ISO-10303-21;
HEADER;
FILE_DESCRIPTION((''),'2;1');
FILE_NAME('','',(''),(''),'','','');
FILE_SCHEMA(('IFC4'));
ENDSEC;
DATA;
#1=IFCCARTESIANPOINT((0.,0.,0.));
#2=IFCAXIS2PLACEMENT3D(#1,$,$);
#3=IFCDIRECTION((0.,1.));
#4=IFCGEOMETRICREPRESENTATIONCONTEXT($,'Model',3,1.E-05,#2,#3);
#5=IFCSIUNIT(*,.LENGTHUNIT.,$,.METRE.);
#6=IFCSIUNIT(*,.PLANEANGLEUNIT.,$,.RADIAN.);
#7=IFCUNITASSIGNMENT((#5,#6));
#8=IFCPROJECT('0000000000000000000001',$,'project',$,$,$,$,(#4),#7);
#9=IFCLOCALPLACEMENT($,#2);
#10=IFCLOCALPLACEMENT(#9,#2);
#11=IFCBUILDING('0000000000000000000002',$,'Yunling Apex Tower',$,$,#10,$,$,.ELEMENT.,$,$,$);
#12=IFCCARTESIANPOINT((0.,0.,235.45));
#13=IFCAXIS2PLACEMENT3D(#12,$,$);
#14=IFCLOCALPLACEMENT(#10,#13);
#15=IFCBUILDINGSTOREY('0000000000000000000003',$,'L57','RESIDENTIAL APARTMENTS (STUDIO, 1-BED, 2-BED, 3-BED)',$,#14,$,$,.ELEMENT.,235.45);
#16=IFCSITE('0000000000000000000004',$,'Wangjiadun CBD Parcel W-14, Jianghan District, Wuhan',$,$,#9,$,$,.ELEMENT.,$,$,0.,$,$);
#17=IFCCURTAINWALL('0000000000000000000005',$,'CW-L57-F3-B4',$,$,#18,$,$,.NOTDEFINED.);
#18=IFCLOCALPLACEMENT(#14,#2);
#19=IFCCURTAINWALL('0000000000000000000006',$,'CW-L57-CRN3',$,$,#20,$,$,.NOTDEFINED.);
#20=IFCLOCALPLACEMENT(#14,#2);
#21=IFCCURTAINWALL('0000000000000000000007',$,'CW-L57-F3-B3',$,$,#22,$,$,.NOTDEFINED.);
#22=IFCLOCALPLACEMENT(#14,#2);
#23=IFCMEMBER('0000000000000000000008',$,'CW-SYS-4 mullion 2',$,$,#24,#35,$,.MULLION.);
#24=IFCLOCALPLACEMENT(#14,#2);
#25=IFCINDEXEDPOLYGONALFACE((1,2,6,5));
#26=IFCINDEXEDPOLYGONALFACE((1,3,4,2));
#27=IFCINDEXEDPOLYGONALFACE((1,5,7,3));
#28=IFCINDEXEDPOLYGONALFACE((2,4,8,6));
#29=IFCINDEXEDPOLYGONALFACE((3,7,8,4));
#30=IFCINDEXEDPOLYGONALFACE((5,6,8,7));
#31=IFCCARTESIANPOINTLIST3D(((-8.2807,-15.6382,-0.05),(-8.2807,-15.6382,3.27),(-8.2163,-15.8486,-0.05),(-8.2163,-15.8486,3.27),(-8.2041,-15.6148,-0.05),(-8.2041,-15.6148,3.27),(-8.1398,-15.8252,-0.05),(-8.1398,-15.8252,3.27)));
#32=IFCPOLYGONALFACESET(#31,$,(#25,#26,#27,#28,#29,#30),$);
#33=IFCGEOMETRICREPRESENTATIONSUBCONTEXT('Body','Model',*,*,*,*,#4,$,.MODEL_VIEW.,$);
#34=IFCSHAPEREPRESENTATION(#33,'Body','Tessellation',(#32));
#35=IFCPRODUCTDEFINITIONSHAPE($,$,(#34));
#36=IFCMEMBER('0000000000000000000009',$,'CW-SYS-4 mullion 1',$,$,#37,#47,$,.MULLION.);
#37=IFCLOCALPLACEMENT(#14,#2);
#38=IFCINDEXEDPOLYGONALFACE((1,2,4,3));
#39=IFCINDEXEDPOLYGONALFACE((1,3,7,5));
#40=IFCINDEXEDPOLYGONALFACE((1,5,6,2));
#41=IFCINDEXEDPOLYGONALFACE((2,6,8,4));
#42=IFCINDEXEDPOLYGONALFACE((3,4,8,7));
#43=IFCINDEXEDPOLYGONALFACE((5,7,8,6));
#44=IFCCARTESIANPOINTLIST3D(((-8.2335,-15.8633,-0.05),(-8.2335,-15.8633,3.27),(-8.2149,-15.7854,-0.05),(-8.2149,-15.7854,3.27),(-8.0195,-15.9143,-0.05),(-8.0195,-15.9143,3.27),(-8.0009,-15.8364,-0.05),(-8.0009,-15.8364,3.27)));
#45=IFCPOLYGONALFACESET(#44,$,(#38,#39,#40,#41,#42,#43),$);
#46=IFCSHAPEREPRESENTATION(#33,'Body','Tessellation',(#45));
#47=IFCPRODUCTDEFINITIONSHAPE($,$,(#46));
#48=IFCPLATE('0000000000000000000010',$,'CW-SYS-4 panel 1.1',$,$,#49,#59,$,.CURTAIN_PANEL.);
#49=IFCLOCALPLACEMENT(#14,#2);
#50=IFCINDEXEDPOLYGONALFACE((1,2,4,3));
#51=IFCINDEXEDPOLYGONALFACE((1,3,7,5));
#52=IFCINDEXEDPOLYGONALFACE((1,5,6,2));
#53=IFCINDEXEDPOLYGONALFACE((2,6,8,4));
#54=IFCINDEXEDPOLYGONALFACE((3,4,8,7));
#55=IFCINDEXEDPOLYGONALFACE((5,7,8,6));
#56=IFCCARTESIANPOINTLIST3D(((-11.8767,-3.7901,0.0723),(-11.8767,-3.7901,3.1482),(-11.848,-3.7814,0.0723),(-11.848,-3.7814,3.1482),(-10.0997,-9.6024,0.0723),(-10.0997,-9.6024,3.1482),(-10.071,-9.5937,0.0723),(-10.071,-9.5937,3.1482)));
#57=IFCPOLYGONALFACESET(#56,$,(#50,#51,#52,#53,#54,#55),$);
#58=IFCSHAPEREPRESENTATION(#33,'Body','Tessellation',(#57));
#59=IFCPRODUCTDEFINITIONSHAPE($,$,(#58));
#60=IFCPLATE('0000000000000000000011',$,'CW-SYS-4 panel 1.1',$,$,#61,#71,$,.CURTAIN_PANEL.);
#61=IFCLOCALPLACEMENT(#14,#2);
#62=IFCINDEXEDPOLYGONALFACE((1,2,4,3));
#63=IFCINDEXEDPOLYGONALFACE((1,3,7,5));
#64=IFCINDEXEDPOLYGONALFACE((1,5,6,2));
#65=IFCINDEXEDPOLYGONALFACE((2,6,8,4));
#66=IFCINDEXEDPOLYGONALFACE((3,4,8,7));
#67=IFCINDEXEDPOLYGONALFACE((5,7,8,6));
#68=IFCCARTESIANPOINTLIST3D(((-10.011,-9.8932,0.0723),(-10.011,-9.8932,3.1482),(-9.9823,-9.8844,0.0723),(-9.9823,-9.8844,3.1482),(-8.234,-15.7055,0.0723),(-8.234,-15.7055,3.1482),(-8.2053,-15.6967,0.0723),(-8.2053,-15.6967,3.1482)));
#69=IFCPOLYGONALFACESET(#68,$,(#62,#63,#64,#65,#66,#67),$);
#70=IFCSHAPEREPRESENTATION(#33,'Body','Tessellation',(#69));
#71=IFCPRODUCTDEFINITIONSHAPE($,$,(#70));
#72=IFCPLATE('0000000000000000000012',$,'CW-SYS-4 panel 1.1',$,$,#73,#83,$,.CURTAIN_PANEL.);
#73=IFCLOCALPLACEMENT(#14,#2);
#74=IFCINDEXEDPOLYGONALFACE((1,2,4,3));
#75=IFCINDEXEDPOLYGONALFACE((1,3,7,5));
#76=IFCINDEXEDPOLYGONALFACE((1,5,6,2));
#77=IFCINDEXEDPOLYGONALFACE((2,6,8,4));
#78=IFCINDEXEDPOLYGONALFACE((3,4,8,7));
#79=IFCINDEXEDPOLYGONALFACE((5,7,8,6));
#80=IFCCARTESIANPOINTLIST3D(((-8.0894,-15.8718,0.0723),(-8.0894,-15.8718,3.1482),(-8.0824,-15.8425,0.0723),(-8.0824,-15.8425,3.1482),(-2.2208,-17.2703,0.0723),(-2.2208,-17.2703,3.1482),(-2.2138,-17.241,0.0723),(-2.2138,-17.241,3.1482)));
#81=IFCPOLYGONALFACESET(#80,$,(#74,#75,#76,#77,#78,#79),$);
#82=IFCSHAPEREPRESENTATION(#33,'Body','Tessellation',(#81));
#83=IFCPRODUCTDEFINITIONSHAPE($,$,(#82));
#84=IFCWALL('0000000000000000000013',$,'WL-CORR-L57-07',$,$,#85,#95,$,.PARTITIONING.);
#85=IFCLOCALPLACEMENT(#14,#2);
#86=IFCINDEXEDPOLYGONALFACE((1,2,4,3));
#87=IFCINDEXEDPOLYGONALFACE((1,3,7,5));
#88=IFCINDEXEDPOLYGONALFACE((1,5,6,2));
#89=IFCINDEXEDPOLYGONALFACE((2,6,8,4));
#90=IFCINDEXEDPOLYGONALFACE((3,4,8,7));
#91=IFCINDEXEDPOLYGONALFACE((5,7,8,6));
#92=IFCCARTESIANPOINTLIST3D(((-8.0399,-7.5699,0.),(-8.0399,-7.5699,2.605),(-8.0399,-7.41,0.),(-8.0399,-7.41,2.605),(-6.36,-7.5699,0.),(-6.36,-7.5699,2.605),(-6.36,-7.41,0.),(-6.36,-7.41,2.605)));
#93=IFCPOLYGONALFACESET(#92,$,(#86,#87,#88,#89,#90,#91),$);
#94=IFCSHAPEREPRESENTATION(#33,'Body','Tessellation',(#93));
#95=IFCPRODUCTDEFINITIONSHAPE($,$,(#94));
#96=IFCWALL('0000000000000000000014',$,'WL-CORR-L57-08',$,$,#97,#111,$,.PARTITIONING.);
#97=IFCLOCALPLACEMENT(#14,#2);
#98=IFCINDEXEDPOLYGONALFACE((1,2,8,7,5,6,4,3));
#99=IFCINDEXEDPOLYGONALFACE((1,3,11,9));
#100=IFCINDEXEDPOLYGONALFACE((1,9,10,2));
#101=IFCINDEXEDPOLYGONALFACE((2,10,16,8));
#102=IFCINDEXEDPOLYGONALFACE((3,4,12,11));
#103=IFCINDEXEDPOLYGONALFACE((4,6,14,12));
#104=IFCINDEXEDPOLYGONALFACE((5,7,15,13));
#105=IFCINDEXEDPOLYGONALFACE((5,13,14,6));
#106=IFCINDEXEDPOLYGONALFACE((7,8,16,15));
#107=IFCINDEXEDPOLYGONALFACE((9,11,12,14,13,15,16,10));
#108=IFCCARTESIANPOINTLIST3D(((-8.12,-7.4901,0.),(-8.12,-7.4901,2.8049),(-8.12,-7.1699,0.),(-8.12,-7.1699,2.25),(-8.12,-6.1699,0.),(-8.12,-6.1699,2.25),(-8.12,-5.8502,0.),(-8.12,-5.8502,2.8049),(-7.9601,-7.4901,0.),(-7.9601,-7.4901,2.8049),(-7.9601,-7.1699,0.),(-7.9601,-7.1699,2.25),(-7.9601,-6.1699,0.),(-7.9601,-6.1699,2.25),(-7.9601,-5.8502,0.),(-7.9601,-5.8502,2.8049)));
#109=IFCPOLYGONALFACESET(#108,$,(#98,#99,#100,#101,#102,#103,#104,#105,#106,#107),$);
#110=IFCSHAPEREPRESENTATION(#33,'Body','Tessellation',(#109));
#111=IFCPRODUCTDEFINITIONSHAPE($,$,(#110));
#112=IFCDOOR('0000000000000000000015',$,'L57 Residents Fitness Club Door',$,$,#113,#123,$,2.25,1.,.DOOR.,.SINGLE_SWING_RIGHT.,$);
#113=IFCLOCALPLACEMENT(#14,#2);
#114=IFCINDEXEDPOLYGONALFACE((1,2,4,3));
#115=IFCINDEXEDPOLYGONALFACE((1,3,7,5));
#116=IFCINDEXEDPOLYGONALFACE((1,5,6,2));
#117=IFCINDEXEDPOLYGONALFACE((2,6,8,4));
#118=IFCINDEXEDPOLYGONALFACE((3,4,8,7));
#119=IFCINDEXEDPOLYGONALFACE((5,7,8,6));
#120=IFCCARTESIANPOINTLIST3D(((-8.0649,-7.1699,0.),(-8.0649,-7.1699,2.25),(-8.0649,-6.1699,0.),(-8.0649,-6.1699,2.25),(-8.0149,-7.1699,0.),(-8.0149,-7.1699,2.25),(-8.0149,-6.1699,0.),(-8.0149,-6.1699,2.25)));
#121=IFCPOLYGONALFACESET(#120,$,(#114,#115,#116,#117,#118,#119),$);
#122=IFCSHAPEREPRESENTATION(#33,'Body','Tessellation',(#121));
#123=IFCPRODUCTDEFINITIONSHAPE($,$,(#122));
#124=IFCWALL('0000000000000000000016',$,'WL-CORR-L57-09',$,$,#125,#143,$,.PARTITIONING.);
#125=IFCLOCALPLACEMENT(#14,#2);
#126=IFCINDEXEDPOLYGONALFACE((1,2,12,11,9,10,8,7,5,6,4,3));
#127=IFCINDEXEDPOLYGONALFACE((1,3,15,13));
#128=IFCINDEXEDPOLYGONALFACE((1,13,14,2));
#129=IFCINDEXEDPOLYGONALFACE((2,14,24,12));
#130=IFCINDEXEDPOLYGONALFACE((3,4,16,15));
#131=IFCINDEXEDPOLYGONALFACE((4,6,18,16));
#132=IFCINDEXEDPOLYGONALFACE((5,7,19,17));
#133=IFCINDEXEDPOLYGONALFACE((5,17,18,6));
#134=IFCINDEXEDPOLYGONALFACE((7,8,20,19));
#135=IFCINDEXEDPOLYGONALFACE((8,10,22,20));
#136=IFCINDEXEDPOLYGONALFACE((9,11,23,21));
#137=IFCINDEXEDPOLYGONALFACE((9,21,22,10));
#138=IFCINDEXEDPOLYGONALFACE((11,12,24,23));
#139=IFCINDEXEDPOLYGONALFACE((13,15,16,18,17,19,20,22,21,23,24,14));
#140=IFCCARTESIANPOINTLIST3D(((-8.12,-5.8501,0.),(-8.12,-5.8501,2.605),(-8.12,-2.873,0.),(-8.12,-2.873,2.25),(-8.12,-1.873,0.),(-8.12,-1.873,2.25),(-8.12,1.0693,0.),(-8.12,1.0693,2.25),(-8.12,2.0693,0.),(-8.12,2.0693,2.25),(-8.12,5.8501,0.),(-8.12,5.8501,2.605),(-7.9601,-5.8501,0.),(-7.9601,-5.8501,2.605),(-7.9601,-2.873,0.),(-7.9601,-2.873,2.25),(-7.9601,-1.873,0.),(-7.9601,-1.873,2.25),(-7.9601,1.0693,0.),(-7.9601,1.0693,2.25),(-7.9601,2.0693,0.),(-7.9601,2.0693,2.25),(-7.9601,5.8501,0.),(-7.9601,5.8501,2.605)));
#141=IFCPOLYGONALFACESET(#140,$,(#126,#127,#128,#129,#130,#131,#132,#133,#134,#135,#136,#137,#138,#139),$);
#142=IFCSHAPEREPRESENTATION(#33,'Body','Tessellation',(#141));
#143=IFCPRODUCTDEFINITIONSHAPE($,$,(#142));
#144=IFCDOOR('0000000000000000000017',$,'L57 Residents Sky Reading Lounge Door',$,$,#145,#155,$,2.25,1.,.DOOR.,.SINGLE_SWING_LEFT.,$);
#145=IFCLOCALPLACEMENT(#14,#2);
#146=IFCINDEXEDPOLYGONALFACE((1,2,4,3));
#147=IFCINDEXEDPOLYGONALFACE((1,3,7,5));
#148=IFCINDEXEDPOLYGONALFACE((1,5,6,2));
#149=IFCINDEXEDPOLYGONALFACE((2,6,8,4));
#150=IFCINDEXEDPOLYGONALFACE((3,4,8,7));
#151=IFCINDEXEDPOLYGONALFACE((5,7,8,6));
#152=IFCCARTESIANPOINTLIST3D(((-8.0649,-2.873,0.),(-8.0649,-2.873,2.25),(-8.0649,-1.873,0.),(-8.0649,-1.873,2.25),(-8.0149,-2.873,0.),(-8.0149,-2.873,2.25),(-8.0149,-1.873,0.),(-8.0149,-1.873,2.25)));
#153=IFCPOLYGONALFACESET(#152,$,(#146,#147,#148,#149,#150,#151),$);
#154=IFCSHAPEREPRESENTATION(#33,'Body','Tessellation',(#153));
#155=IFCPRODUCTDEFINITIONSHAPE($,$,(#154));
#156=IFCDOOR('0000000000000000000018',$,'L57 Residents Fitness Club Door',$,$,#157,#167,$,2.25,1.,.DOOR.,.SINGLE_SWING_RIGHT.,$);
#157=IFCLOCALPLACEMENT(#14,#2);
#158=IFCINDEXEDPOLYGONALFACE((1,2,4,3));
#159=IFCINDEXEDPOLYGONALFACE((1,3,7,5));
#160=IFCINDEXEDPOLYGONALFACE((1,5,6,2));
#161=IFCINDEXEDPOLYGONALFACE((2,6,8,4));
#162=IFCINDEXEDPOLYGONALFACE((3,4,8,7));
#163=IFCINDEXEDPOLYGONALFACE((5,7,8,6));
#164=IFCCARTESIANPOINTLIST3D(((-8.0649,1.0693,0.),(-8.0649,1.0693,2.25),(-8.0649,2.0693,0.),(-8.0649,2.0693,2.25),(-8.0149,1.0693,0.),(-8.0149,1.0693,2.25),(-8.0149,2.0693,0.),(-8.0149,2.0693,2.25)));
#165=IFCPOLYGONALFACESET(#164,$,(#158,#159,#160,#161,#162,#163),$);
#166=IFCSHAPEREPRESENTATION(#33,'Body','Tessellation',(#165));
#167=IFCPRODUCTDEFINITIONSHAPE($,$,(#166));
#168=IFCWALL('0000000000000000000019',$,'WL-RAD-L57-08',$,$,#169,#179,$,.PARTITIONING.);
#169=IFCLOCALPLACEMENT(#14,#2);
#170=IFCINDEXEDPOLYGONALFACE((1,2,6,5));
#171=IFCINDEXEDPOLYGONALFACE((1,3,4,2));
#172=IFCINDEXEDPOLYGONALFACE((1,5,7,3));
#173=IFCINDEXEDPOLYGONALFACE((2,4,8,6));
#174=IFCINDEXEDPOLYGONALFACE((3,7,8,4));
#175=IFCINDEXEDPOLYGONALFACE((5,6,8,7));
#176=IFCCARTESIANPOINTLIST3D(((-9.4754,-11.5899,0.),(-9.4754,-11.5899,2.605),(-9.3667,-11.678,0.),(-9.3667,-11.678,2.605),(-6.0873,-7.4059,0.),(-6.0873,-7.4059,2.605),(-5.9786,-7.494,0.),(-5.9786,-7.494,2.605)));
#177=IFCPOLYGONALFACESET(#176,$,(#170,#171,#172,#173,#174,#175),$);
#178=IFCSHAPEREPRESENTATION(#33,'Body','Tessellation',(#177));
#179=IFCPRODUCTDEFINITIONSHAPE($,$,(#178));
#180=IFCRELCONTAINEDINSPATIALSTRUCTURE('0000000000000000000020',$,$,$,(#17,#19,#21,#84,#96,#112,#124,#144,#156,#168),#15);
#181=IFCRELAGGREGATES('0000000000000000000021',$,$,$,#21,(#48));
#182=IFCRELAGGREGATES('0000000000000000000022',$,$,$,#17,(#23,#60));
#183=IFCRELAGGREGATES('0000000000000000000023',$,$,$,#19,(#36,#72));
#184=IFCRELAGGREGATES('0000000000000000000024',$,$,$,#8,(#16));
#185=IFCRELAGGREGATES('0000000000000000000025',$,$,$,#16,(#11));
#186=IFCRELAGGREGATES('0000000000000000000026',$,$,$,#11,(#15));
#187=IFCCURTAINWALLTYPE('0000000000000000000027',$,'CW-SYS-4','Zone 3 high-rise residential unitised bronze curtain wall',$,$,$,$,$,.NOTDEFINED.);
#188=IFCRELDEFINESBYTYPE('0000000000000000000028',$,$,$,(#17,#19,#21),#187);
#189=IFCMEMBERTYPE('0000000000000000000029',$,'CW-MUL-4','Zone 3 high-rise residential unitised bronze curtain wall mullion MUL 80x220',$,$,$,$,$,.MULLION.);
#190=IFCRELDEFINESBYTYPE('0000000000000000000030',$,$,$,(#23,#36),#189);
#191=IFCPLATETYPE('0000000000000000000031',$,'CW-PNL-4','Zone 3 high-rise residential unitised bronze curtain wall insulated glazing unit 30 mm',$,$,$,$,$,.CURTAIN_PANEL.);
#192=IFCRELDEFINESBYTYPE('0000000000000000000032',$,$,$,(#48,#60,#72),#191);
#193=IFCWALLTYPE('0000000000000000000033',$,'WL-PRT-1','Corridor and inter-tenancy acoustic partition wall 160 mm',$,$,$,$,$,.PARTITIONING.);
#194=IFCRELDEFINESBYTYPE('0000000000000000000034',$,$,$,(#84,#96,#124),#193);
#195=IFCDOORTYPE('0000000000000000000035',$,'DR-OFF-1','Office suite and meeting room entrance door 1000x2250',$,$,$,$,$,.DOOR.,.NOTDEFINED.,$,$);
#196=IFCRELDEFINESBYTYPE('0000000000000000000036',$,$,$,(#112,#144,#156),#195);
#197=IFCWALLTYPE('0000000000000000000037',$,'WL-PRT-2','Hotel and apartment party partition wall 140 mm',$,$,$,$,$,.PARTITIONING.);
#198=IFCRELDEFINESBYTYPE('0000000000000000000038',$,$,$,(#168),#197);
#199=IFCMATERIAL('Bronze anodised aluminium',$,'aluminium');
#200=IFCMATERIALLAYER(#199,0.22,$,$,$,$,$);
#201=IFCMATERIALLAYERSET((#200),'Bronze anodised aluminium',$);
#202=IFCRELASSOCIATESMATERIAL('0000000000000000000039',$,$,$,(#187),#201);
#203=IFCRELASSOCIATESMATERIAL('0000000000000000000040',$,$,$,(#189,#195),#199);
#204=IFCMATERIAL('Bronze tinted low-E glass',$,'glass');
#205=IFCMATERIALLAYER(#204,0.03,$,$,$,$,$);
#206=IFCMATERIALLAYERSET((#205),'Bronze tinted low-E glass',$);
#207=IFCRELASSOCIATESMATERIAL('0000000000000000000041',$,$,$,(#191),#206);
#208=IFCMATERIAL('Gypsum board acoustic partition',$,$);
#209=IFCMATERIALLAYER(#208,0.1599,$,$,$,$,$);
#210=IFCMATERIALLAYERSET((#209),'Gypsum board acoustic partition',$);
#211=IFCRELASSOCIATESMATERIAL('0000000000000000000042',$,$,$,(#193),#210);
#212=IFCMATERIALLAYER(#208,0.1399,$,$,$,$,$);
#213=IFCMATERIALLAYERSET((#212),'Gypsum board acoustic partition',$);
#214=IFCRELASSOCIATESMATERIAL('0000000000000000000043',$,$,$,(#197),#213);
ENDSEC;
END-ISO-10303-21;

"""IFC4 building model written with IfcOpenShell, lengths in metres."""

from ifc_helpers import new_model, si_unit, direction, frame, frame_2d, origin, origin_2d, place, context, subcontext, project, spatial, rectangle, extrude, source, transform, mapped, material, layer, layer_set, material_profile, profile_set, type_object, element, fill, aggregate, save


model = new_model("IFC4")

# Units and contexts
model_context = context("Model", 3, precision=1e-05, world=origin(), true_north=direction((0.0, 1.0)))
body_context = subcontext(model_context, "Body", "Model", "MODEL_VIEW")
ifc_project = project(units=[si_unit("LENGTHUNIT", "METRE"), si_unit("PLANEANGLEUNIT", "RADIAN")], contexts=[model_context])

# Site, building, storey
site_placement = place(None, origin())
site = spatial("IfcSite", under=ifc_project, at=site_placement, Name="Wangjiadun CBD Parcel W-14, Jianghan District, Wuhan", CompositionType="ELEMENT", RefElevation=0.0)
building_placement = place(site_placement, origin())
building = spatial("IfcBuilding", under=site, at=building_placement, Name="Yunling Apex Tower", CompositionType="ELEMENT")
storey_placement = place(building_placement, frame((0.0, 0.0, 235.45)))
storey = spatial("IfcBuildingStorey", under=building, at=storey_placement, Name="L57", Description="RESIDENTIAL APARTMENTS (STUDIO, 1-BED, 2-BED, 3-BED)", CompositionType="ELEMENT", Elevation=235.45)

# Curtain walls
ifc_material_1 = material(Name="Bronze anodised aluminium", Category="aluminium")
ifc_layer_1 = layer(ifc_material_1, 0.22)
ifc_layer_set_1 = layer_set([ifc_layer_1], Name="Bronze anodised aluminium")
curtain_wall_type = type_object("IfcCurtainWallType", Name="CW-SYS-4", Description="Zone 3 high-rise residential unitised bronze curtain wall", PredefinedType="NOTDEFINED", material=ifc_layer_set_1)
curtain_wall_1_placement = place(storey_placement, origin())
curtain_wall_1 = element("IfcCurtainWall", 1, at=curtain_wall_1_placement, inside=storey, type_object=curtain_wall_type, Name="CW-L57-F3-B4", PredefinedType="NOTDEFINED")
curtain_wall_2_placement = place(storey_placement, origin())
curtain_wall_2 = element("IfcCurtainWall", 2, at=curtain_wall_2_placement, inside=storey, type_object=curtain_wall_type, Name="CW-L57-CRN3", PredefinedType="NOTDEFINED")

# Curtain wall
curtain_wall_3_placement = place(storey_placement, origin())
curtain_wall_3 = element("IfcCurtainWall", 3, at=curtain_wall_3_placement, inside=storey, type_object=curtain_wall_type, Name="CW-L57-F3-B3", PredefinedType="NOTDEFINED")
ifc_material_profile_1 = material_profile(ifc_material_1, rectangle(XDim=0.0801, YDim=0.22, at=origin_2d()))
ifc_profile_set_1 = profile_set([ifc_material_profile_1], Name="Bronze anodised aluminium")
member_type_1 = type_object("IfcMemberType", Name="CW-MUL-4", Description="Zone 3 high-rise residential unitised bronze curtain wall mullion MUL 80x220", PredefinedType="MULLION", material=ifc_profile_set_1)
shared_shape_1 = source(origin(), body_context, "Body", "SweptSolid", [
    extrude(rectangle(XDim=0.0801, YDim=0.22, at=origin_2d()), origin(), (0.0, 0.0, 1.0), 3.3201),
])

# Members
member_1_placement = place(storey_placement, frame((-8.2102, -15.7317, -0.05), z_axis=(0.0, 0.0, 1.0), x_axis=(0.956305, 0.292372, 0.0)))
member_1 = element("IfcMember", 4, at=member_1_placement, type_object=member_type_1, Name="CW-SYS-4 mullion 2", PredefinedType="MULLION", context=body_context, shape_type="MappedRepresentation", body=[
    mapped(shared_shape_1, transform((0.0, 0.0, 0.0), scale=1.0)),
])
member_2_placement = place(storey_placement, frame((-8.1172, -15.8499, -0.05), z_axis=(0.0, 0.0, 1.0), x_axis=(0.231809, 0.972761, 0.0)))
member_2 = element("IfcMember", 5, at=member_2_placement, type_object=member_type_1, Name="CW-SYS-4 mullion 1", PredefinedType="MULLION", context=body_context, shape_type="MappedRepresentation", body=[
    mapped(shared_shape_1, transform((0.0, 0.0, 0.0), scale=1.0)),
])

# Plates
ifc_material_2 = material(Name="Bronze tinted low-E glass", Category="glass")
ifc_layer_2 = layer(ifc_material_2, 0.03)
ifc_layer_set_2 = layer_set([ifc_layer_2], Name="Bronze tinted low-E glass")
plate_type = type_object("IfcPlateType", Name="CW-PNL-4", Description="Zone 3 high-rise residential unitised bronze curtain wall insulated glazing unit 30 mm", PredefinedType="CURTAIN_PANEL", material=ifc_layer_set_2)
shared_shape_2 = source(origin(), body_context, "Body", "SweptSolid", [
    extrude(rectangle(XDim=6.0779, YDim=0.03, at=origin_2d()), origin(), (0.0, 0.0, 1.0), 3.0759),
])
plate_1_placement = place(storey_placement, frame((-10.9739, -6.6919, 0.0723), z_axis=(0.0, 0.0, 1.0), x_axis=(0.292372, -0.956305, 0.0)))
plate_1 = element("IfcPlate", 6, at=plate_1_placement, type_object=plate_type, Name="CW-SYS-4 panel 1.1", PredefinedType="CURTAIN_PANEL", context=body_context, shape_type="MappedRepresentation", body=[
    mapped(shared_shape_2, transform((0.0, 0.0, 0.0), scale=1.0)),
])
aggregate(curtain_wall_3, [plate_1])
plate_2_placement = place(storey_placement, frame((-9.1082, -12.7949, 0.0723), z_axis=(0.0, 0.0, 1.0), x_axis=(0.292372, -0.956305, 0.0)))
plate_2 = element("IfcPlate", 7, at=plate_2_placement, type_object=plate_type, Name="CW-SYS-4 panel 1.1", PredefinedType="CURTAIN_PANEL", context=body_context, shape_type="MappedRepresentation", body=[
    mapped(shared_shape_2, transform((0.0, 0.0, 0.0), scale=1.0)),
])
aggregate(curtain_wall_1, [member_1, plate_2])
shared_shape_3 = source(origin(), body_context, "Body", "SweptSolid", [
    extrude(rectangle(XDim=6.033, YDim=0.03, at=origin_2d()), origin(), (0.0, 0.0, 1.0), 3.0759),
])
plate_3_placement = place(storey_placement, frame((-5.1516, -16.5564, 0.0723), z_axis=(0.0, 0.0, 1.0), x_axis=(0.972761, -0.231809, 0.0)))
plate_3 = element("IfcPlate", 8, at=plate_3_placement, type_object=plate_type, Name="CW-SYS-4 panel 1.1", PredefinedType="CURTAIN_PANEL", context=body_context, shape_type="MappedRepresentation", body=[
    mapped(shared_shape_3, transform((0.0, 0.0, 0.0), scale=1.0)),
])
aggregate(curtain_wall_2, [member_2, plate_3])

# Wall
ifc_material_3 = material(Name="Gypsum board acoustic partition")
ifc_layer_3 = layer(ifc_material_3, 0.1599)
ifc_layer_set_3 = layer_set([ifc_layer_3], Name="Gypsum board acoustic partition")
wall_type_1 = type_object("IfcWallType", Name="WL-PRT-1", Description="Corridor and inter-tenancy acoustic partition wall 160 mm", PredefinedType="PARTITIONING", material=ifc_layer_set_3)
wall_1_placement = place(storey_placement, frame((-6.3601, -7.49, 0.0), z_axis=(0.0, 0.0, 1.0), x_axis=(-1.0, 0.0, 0.0)))
element("IfcWall", 9, at=wall_1_placement, inside=storey, type_object=wall_type_1, Name="WL-CORR-L57-07", PredefinedType="PARTITIONING", context=body_context, shape_type="SweptSolid", body=[
    extrude(rectangle(XDim=1.6799, YDim=0.1599, at=frame_2d((0.8398, 0.0))), origin(), (0.0, 0.0, 1.0), 2.605),
])

# Wall, opening, door
wall_2_placement = place(storey_placement, frame((-8.04, -7.49, 0.0), z_axis=(0.0, 0.0, 1.0), x_axis=(0.0, 1.0, 0.0)))
wall_2 = element("IfcWall", 10, at=wall_2_placement, inside=storey, type_object=wall_type_1, Name="WL-CORR-L57-08", PredefinedType="PARTITIONING", context=body_context, shape_type="SweptSolid", body=[
    extrude(rectangle(XDim=1.6399, YDim=0.1599, at=frame_2d((0.8198, 0.0))), origin(), (0.0, 0.0, 1.0), 2.8049),
])
opening_1_placement = place(wall_2_placement, frame((0.3201, 0.0, 0.0)))
opening_1 = element("IfcOpeningElement", 11, at=opening_1_placement, cuts=wall_2, PredefinedType="OPENING", context=body_context, shape_type="SweptSolid", body=[
    extrude(rectangle(XDim=1.0, YDim=2.25, at=frame_2d((0.5, 1.125))), frame((0.0, 0.0898, 0.0), z_axis=(0.0, -1.0, 0.0), x_axis=(1.0, 0.0, 0.0)), (0.0, 0.0, 1.0), 0.1799),
])
door_type_1 = type_object("IfcDoorType", Name="DR-OFF-1", Description="Office suite and meeting room entrance door 1000x2250", OperationType="NOTDEFINED", PredefinedType="DOOR", material=ifc_material_1)
door_1_placement = place(opening_1_placement, origin())
door_1 = element("IfcDoor", 12, at=door_1_placement, inside=storey, type_object=door_type_1, Name="L57 Residents Fitness Club Door", OperationType="SINGLE_SWING_RIGHT", OverallHeight=2.25, OverallWidth=1.0, PredefinedType="DOOR", context=body_context, shape_type="SweptSolid", body=[
    extrude(rectangle(XDim=1.0, YDim=2.25, at=frame_2d((0.5, 1.125))), frame((0.0, 0.0249, 0.0), z_axis=(0.0, -1.0, 0.0), x_axis=(1.0, 0.0, 0.0)), (0.0, 0.0, 1.0), 0.05),
])
fill(opening_1, door_1)

# Wall, openings, doors
wall_3_placement = place(storey_placement, frame((-8.04, -5.8501, 0.0), z_axis=(0.0, 0.0, 1.0), x_axis=(0.0, 1.0, 0.0)))
wall_3 = element("IfcWall", 13, at=wall_3_placement, inside=storey, type_object=wall_type_1, Name="WL-CORR-L57-09", PredefinedType="PARTITIONING", context=body_context, shape_type="SweptSolid", body=[
    extrude(rectangle(XDim=11.7002, YDim=0.1599, at=frame_2d((5.8501, 0.0))), origin(), (0.0, 0.0, 1.0), 2.605),
])
opening_2_placement = place(wall_3_placement, frame((2.9771, 0.0, 0.0)))
opening_2 = element("IfcOpeningElement", 14, at=opening_2_placement, cuts=wall_3, PredefinedType="OPENING", context=body_context, shape_type="SweptSolid", body=[
    extrude(rectangle(XDim=1.0, YDim=2.25, at=frame_2d((0.5, 1.125))), frame((0.0, 0.0898, 0.0), z_axis=(0.0, -1.0, 0.0), x_axis=(1.0, 0.0, 0.0)), (0.0, 0.0, 1.0), 0.1799),
])
opening_3_placement = place(wall_3_placement, frame((6.9194, 0.0, 0.0)))
opening_3 = element("IfcOpeningElement", 15, at=opening_3_placement, cuts=wall_3, PredefinedType="OPENING", context=body_context, shape_type="SweptSolid", body=[
    extrude(rectangle(XDim=1.0, YDim=2.25, at=frame_2d((0.5, 1.125))), frame((0.0, 0.0898, 0.0), z_axis=(0.0, -1.0, 0.0), x_axis=(1.0, 0.0, 0.0)), (0.0, 0.0, 1.0), 0.1799),
])
door_2_placement = place(opening_2_placement, origin())
door_2 = element("IfcDoor", 16, at=door_2_placement, inside=storey, type_object=door_type_1, Name="L57 Residents Sky Reading Lounge Door", OperationType="SINGLE_SWING_LEFT", OverallHeight=2.25, OverallWidth=1.0, PredefinedType="DOOR", context=body_context, shape_type="SweptSolid", body=[
    extrude(rectangle(XDim=1.0, YDim=2.25, at=frame_2d((0.5, 1.125))), frame((0.0, 0.0249, 0.0), z_axis=(0.0, -1.0, 0.0), x_axis=(1.0, 0.0, 0.0)), (0.0, 0.0, 1.0), 0.05),
])
fill(opening_2, door_2)
door_3_placement = place(opening_3_placement, origin())
door_3 = element("IfcDoor", 17, at=door_3_placement, inside=storey, type_object=door_type_1, Name="L57 Residents Fitness Club Door", OperationType="SINGLE_SWING_RIGHT", OverallHeight=2.25, OverallWidth=1.0, PredefinedType="DOOR", context=body_context, shape_type="SweptSolid", body=[
    extrude(rectangle(XDim=1.0, YDim=2.25, at=frame_2d((0.5, 1.125))), frame((0.0, 0.0249, 0.0), z_axis=(0.0, -1.0, 0.0), x_axis=(1.0, 0.0, 0.0)), (0.0, 0.0, 1.0), 0.05),
])
fill(opening_3, door_3)

# Wall
ifc_layer_4 = layer(ifc_material_3, 0.1399)
ifc_layer_set_4 = layer_set([ifc_layer_4], Name="Gypsum board acoustic partition")
wall_type_2 = type_object("IfcWallType", Name="WL-PRT-2", Description="Hotel and apartment party partition wall 140 mm", PredefinedType="PARTITIONING", material=ifc_layer_set_4)
wall_4_placement = place(storey_placement, frame((-6.033, -7.45, 0.0), z_axis=(0.0, 0.0, 1.0), x_axis=(-0.629318, -0.777148, 0.0)))
element("IfcWall", 18, at=wall_4_placement, inside=storey, type_object=wall_type_2, Name="WL-RAD-L57-08", PredefinedType="PARTITIONING", context=body_context, shape_type="SweptSolid", body=[
    extrude(rectangle(XDim=5.3838, YDim=0.1399, at=frame_2d((2.6919, 0.0))), origin(), (0.0, 0.0, 1.0), 2.605),
])

save(model, "model.ifc")
